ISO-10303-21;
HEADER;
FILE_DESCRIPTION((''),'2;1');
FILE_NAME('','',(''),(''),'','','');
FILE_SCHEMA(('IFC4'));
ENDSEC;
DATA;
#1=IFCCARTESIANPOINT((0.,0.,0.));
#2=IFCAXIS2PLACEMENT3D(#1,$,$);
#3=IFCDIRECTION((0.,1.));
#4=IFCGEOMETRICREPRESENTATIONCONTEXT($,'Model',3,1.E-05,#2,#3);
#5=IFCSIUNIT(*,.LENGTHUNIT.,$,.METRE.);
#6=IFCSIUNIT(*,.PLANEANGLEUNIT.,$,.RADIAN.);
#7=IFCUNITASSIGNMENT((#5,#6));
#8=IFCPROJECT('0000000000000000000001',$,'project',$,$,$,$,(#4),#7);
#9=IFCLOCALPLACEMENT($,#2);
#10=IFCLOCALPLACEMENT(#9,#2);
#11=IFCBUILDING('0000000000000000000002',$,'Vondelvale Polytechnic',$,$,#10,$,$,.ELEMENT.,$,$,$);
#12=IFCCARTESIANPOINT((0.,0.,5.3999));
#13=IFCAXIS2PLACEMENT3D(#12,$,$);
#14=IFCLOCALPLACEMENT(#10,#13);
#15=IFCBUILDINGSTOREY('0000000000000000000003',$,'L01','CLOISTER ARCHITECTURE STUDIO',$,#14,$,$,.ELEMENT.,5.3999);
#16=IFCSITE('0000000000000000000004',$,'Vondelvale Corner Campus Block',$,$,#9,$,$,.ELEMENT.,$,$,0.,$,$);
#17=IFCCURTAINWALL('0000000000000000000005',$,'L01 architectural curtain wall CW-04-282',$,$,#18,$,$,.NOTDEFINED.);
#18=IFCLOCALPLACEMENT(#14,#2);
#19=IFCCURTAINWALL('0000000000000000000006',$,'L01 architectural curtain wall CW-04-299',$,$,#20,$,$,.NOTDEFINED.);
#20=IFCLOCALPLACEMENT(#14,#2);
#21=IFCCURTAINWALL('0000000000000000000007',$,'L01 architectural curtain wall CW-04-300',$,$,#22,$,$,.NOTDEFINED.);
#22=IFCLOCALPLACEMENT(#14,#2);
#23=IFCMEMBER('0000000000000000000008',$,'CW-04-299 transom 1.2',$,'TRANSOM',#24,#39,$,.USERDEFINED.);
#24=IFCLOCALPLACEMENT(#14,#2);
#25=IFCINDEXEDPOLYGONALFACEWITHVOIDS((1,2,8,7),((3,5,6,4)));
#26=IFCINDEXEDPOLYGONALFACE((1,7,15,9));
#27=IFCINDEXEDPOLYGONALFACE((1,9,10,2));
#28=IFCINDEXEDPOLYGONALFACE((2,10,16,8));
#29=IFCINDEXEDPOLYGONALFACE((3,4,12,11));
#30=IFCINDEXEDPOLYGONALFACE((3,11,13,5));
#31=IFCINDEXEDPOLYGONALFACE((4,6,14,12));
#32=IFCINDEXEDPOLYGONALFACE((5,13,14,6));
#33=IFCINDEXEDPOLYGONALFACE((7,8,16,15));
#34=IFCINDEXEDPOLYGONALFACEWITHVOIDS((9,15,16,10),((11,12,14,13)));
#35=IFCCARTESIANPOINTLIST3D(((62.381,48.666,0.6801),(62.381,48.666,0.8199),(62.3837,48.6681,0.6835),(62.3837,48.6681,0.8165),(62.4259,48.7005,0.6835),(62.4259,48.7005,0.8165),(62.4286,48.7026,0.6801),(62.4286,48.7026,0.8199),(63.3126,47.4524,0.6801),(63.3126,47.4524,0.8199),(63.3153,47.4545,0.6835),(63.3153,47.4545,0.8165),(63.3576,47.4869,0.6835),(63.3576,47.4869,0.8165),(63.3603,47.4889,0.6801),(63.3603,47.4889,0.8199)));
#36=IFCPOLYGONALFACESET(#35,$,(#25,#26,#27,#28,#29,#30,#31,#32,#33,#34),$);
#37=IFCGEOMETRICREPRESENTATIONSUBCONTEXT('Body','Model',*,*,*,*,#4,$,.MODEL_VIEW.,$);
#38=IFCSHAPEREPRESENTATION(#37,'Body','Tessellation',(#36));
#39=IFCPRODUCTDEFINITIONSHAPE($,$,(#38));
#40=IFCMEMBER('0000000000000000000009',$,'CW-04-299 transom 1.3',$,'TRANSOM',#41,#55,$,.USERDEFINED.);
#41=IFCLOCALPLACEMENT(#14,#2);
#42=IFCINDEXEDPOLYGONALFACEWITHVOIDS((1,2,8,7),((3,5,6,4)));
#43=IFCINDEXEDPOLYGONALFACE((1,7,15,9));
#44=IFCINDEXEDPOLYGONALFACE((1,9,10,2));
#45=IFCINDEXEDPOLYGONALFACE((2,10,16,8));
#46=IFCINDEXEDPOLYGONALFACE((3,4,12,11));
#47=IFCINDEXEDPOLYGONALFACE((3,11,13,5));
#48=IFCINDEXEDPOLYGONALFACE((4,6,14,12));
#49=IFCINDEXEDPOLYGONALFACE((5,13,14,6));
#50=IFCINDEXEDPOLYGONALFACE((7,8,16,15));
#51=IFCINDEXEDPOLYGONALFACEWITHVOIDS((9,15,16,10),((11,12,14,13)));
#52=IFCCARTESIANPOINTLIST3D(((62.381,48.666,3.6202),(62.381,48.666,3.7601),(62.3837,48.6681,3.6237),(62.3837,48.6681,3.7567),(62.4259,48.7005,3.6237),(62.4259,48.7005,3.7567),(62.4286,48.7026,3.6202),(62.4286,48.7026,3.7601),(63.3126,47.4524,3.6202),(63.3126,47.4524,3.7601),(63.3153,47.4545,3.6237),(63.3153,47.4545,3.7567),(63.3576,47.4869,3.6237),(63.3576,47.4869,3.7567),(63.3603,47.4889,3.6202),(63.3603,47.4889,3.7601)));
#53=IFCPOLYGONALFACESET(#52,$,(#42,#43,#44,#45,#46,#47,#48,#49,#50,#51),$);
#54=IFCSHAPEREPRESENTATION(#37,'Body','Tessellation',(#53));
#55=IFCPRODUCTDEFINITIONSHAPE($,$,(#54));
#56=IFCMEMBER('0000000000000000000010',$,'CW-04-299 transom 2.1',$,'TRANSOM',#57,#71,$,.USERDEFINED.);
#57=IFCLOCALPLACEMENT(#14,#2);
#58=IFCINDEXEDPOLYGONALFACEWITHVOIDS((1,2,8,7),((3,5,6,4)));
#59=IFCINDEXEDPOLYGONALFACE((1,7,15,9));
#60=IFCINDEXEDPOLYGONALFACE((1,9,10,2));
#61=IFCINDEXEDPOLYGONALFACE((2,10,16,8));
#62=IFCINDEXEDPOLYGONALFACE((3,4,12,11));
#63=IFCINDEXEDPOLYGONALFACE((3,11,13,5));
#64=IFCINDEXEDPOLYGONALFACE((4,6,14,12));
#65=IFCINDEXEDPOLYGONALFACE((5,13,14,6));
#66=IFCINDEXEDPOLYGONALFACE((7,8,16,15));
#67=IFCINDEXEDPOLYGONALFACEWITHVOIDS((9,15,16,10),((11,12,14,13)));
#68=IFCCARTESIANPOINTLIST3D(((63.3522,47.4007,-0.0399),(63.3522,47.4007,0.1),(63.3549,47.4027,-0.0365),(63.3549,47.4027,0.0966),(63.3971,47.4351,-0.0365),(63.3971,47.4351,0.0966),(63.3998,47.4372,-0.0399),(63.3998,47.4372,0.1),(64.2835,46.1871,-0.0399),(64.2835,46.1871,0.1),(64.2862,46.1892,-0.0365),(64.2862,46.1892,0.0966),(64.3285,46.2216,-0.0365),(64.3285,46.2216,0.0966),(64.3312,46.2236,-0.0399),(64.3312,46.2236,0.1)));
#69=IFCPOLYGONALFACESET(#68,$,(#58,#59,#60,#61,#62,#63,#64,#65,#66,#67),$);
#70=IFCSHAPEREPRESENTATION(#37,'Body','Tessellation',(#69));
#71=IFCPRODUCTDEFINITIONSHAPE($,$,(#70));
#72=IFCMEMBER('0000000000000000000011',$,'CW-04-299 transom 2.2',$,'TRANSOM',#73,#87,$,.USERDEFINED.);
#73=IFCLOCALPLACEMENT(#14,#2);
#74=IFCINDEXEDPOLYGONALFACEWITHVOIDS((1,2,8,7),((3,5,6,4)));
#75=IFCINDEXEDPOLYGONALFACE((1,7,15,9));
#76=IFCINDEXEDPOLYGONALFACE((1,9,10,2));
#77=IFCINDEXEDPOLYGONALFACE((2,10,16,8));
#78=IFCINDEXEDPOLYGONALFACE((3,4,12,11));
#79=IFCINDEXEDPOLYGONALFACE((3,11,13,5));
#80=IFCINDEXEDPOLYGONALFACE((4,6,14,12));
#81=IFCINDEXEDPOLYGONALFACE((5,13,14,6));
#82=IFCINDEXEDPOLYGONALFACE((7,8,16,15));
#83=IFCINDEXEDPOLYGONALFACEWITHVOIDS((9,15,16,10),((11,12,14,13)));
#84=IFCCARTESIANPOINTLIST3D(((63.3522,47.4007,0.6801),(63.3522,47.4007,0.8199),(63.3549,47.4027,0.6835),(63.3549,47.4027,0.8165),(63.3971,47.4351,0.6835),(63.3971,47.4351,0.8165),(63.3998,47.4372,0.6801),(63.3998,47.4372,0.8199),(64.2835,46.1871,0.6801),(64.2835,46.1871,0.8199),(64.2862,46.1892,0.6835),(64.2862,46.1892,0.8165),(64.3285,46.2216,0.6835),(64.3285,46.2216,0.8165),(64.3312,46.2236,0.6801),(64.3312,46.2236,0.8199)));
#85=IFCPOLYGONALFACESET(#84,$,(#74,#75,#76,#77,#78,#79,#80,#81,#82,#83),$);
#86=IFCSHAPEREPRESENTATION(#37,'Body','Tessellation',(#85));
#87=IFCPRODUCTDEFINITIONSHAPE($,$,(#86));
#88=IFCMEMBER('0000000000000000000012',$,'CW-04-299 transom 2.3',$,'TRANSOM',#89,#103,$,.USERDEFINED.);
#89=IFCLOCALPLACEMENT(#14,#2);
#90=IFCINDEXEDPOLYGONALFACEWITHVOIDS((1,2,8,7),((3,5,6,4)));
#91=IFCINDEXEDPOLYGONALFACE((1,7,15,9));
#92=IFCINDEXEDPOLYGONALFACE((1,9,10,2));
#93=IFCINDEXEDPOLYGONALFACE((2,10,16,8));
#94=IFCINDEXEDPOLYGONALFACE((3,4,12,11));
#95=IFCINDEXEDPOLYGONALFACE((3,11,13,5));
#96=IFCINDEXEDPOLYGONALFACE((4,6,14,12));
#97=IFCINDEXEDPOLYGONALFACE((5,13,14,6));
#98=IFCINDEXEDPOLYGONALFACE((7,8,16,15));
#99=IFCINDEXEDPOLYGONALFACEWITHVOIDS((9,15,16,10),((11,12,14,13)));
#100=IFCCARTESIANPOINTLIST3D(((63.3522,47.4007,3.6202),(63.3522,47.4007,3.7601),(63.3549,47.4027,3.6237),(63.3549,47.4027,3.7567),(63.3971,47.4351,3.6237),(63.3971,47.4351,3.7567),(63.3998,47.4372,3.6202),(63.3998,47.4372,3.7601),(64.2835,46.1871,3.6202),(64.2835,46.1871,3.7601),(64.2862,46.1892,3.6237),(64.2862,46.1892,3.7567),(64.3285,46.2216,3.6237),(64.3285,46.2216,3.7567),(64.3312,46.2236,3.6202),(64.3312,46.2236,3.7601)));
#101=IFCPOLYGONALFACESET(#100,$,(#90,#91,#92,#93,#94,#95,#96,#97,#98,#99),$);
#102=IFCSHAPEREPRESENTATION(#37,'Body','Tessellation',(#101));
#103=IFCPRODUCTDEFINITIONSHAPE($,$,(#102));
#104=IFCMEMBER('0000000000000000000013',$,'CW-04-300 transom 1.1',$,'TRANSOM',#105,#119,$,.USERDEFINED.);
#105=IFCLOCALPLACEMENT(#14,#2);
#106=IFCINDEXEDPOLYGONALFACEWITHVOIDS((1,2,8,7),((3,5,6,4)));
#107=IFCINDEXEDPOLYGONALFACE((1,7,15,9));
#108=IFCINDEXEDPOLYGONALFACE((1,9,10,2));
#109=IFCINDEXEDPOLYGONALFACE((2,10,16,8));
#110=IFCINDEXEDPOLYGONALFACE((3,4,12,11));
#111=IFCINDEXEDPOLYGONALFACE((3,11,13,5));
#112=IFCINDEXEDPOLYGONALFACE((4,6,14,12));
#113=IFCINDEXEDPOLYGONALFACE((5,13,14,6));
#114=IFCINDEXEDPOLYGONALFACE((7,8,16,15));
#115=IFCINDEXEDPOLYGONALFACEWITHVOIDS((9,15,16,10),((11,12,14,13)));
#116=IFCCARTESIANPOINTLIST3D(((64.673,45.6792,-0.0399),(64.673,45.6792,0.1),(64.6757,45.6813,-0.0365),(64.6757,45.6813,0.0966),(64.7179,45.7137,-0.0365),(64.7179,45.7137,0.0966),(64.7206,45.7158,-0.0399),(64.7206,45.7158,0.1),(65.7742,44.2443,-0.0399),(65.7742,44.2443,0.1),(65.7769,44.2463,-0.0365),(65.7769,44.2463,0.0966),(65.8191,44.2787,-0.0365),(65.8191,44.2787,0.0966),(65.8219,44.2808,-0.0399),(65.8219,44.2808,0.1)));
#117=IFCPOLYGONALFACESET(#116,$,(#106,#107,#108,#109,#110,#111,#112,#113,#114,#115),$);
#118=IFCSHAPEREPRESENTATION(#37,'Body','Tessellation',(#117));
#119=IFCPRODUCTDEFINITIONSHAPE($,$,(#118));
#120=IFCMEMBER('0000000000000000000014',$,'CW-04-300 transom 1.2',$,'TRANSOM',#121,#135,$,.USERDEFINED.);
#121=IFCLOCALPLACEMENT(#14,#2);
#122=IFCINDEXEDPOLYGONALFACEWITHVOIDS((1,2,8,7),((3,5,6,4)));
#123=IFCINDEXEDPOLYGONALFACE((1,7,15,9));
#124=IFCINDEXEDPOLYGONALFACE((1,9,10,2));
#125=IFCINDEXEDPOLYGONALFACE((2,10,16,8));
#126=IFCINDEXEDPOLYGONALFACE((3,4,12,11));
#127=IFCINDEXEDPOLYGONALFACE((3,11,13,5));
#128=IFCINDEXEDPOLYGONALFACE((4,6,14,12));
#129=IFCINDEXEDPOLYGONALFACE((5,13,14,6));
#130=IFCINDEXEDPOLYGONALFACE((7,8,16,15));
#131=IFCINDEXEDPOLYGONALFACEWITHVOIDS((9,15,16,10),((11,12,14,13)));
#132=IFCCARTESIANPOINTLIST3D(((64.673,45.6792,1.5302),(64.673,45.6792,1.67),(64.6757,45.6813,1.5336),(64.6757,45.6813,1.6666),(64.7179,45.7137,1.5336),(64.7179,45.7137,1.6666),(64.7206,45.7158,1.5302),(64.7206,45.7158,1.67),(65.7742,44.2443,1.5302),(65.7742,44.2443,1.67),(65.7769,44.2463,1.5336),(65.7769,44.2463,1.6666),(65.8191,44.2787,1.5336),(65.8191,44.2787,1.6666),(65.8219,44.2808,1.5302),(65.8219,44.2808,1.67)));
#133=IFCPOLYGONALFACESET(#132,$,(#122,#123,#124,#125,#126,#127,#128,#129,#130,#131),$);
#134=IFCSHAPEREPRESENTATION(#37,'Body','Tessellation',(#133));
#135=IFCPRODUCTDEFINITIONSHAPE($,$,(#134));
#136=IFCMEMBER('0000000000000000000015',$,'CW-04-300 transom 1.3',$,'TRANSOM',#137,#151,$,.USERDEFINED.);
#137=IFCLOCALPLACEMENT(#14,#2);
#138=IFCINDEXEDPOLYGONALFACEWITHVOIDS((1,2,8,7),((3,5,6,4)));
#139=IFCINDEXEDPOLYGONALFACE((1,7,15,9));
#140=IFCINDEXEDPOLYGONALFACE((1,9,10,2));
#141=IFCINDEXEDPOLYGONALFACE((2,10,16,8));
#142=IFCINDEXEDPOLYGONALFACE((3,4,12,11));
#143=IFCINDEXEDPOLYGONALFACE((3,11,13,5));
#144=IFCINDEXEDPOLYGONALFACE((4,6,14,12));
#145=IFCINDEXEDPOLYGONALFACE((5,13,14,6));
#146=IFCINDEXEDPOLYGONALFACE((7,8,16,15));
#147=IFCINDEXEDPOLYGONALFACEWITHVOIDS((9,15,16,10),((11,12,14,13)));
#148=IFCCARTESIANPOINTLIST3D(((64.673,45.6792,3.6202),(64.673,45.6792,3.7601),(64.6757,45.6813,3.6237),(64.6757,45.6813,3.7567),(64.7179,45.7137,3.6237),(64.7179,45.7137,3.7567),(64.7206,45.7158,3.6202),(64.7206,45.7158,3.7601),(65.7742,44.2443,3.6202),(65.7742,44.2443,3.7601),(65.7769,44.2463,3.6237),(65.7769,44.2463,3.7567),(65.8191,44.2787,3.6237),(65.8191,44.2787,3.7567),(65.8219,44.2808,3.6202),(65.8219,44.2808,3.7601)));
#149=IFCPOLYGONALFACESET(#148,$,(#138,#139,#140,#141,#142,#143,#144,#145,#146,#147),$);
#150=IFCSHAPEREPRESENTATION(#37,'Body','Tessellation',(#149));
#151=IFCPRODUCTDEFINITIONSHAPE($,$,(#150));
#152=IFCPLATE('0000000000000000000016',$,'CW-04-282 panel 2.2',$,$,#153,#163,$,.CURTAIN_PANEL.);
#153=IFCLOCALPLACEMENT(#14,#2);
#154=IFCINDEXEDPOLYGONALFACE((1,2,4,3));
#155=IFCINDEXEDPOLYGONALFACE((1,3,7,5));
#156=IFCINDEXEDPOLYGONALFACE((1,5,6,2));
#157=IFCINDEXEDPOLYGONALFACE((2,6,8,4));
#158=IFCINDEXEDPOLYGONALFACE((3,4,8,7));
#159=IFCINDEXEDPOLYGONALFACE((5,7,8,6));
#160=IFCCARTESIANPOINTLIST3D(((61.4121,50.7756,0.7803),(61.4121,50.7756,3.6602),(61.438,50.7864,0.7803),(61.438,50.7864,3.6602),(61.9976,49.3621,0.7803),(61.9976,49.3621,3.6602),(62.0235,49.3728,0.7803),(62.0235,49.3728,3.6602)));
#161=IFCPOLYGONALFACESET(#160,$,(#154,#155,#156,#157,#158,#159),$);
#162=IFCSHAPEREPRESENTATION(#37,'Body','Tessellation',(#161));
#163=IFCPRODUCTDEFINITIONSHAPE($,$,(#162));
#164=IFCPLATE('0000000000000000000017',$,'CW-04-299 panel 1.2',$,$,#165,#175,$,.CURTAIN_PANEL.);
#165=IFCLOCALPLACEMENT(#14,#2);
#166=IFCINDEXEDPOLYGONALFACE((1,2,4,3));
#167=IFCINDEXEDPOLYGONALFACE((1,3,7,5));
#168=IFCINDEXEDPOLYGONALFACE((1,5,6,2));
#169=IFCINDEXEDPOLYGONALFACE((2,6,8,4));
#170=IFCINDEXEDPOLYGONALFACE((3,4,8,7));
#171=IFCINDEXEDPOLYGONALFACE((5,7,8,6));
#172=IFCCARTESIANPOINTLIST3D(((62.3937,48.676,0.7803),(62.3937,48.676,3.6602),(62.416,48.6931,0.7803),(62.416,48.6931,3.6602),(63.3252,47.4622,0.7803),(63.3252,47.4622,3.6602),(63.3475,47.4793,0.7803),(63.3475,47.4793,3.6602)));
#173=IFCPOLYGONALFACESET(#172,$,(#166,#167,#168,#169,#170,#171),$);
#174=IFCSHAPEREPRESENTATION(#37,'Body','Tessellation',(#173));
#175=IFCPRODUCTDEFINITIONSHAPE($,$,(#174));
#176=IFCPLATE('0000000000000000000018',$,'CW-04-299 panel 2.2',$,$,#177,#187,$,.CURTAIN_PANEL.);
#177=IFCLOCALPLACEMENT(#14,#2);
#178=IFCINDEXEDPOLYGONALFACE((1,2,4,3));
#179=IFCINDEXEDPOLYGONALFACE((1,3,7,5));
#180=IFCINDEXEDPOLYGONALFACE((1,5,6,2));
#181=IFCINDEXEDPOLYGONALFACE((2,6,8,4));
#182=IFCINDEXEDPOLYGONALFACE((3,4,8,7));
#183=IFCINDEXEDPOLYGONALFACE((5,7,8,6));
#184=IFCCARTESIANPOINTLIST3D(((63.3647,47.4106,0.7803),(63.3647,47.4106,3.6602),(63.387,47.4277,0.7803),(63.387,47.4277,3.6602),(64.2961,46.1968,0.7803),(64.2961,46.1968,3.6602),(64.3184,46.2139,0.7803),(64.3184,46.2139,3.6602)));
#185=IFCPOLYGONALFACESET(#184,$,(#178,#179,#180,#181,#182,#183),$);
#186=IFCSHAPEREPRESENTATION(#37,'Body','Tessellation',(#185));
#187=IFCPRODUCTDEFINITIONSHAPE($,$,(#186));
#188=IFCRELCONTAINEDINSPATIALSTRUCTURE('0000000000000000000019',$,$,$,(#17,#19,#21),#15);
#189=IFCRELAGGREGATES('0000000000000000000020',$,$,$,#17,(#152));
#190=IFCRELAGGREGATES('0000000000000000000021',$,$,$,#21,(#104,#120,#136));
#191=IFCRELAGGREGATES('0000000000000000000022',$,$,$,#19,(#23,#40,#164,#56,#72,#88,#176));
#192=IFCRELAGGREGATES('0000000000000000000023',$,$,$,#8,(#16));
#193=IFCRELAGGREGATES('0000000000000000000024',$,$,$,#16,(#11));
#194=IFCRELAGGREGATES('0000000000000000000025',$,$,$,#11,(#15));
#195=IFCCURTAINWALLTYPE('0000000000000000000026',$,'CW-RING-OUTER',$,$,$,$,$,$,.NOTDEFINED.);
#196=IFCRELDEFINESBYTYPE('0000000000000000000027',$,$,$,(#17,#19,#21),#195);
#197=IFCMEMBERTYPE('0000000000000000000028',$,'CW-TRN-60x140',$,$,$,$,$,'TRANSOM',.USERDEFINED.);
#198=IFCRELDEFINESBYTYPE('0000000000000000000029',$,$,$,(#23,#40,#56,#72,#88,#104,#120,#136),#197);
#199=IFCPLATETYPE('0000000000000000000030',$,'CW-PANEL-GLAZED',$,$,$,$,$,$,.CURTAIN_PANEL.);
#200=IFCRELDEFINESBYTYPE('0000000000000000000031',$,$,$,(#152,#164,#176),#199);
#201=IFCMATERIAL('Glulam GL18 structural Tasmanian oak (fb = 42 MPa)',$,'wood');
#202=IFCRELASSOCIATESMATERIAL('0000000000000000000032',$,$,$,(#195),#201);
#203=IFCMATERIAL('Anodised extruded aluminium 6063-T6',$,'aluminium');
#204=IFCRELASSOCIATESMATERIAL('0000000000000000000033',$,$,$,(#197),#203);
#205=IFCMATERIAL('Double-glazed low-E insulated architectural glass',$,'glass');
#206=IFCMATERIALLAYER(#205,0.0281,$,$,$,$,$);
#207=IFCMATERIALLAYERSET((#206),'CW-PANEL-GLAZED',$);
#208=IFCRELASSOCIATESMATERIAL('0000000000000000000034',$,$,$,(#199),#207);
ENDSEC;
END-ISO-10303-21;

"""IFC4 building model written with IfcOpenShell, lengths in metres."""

from ifc_helpers import new_model, si_unit, direction, frame, origin, origin_2d, place, context, subcontext, project, spatial, rectangle, hollow_rectangle, extrude, material, layer, layer_set, material_profile, profile_set, type_object, element, aggregate, save


model = new_model("IFC4")

# Units and contexts
model_context = context("Model", 3, precision=1e-05, world=origin(), true_north=direction((0.0, 1.0)))
body_context = subcontext(model_context, "Body", "Model", "MODEL_VIEW")
ifc_project = project(units=[si_unit("LENGTHUNIT", "METRE"), si_unit("PLANEANGLEUNIT", "RADIAN")], contexts=[model_context])

# Site, building, storey
site_placement = place(None, origin())
site = spatial("IfcSite", under=ifc_project, at=site_placement, Name="Vondelvale Corner Campus Block", CompositionType="ELEMENT", RefElevation=0.0)
building_placement = place(site_placement, origin())
building = spatial("IfcBuilding", under=site, at=building_placement, Name="Vondelvale Polytechnic", CompositionType="ELEMENT")
storey_placement = place(building_placement, frame((0.0, 0.0, 5.3999)))
storey = spatial("IfcBuildingStorey", under=building, at=storey_placement, Name="L01", Description="CLOISTER ARCHITECTURE STUDIO", CompositionType="ELEMENT", Elevation=5.3999)

# Shared definitions
ifc_material_1 = material(Name="Glulam GL18 structural Tasmanian oak (fb = 42 MPa)", Category="wood")

# Curtain wall
curtain_wall_type = type_object("IfcCurtainWallType", Name="CW-RING-OUTER", PredefinedType="NOTDEFINED", material=ifc_material_1)
curtain_wall_1_placement = place(storey_placement, origin())
curtain_wall_1 = element("IfcCurtainWall", 1, at=curtain_wall_1_placement, inside=storey, type_object=curtain_wall_type, Name="L01 architectural curtain wall CW-04-282", PredefinedType="NOTDEFINED")
ifc_material_2 = material(Name="Anodised extruded aluminium 6063-T6", Category="aluminium")

# Curtain wall
curtain_wall_2_placement = place(storey_placement, origin())
curtain_wall_2 = element("IfcCurtainWall", 2, at=curtain_wall_2_placement, inside=storey, type_object=curtain_wall_type, Name="L01 architectural curtain wall CW-04-299", PredefinedType="NOTDEFINED")

# Curtain wall
curtain_wall_3_placement = place(storey_placement, origin())
curtain_wall_3 = element("IfcCurtainWall", 3, at=curtain_wall_3_placement, inside=storey, type_object=curtain_wall_type, Name="L01 architectural curtain wall CW-04-300", PredefinedType="NOTDEFINED")

# Members
ifc_material_profile_1 = material_profile(ifc_material_2, hollow_rectangle(XDim=0.0601, YDim=0.1399, WallThickness=0.0034, at=origin_2d()), Name="CW-TRN-140x60")
ifc_profile_set_1 = profile_set([ifc_material_profile_1], Name="Anodised extruded aluminium 6063-T6")
member_type_1 = type_object("IfcMemberType", Name="CW-TRN-60x140", ElementType="TRANSOM", PredefinedType="USERDEFINED", material=ifc_profile_set_1)
member_1_placement = place(storey_placement, frame((62.4048, 48.6843, 0.75), z_axis=(0.608924, -0.793229, 0.0), x_axis=(0.793229, 0.608924, 0.0)))
member_1 = element("IfcMember", 4, at=member_1_placement, type_object=member_type_1, Name="CW-04-299 transom 1.2", ObjectType="TRANSOM", PredefinedType="USERDEFINED", context=body_context, shape_type="SweptSolid", body=[
    extrude(hollow_rectangle(XDim=0.0601, YDim=0.1399, WallThickness=0.0034, at=origin_2d()), origin(), (0.0, 0.0, 1.0), 1.53),
])
member_2_placement = place(storey_placement, frame((62.4048, 48.6843, 3.6902), z_axis=(0.608924, -0.793229, 0.0), x_axis=(0.793229, 0.608924, 0.0)))
member_2 = element("IfcMember", 5, at=member_2_placement, type_object=member_type_1, Name="CW-04-299 transom 1.3", ObjectType="TRANSOM", PredefinedType="USERDEFINED", context=body_context, shape_type="SweptSolid", body=[
    extrude(hollow_rectangle(XDim=0.0601, YDim=0.1399, WallThickness=0.0034, at=origin_2d()), origin(), (0.0, 0.0, 1.0), 1.53),
])
member_3_placement = place(storey_placement, frame((63.376, 47.4189, 0.03), z_axis=(0.608823, -0.793306, 0.0), x_axis=(0.793306, 0.608823, 0.0)))
member_3 = element("IfcMember", 6, at=member_3_placement, type_object=member_type_1, Name="CW-04-299 transom 2.1", ObjectType="TRANSOM", PredefinedType="USERDEFINED", context=body_context, shape_type="SweptSolid", body=[
    extrude(hollow_rectangle(XDim=0.0601, YDim=0.1399, WallThickness=0.0034, at=origin_2d()), origin(), (0.0, 0.0, 1.0), 1.5298),
])
member_4_placement = place(storey_placement, frame((63.376, 47.4189, 0.75), z_axis=(0.608823, -0.793306, 0.0), x_axis=(0.793306, 0.608823, 0.0)))
member_4 = element("IfcMember", 7, at=member_4_placement, type_object=member_type_1, Name="CW-04-299 transom 2.2", ObjectType="TRANSOM", PredefinedType="USERDEFINED", context=body_context, shape_type="SweptSolid", body=[
    extrude(hollow_rectangle(XDim=0.0601, YDim=0.1399, WallThickness=0.0034, at=origin_2d()), origin(), (0.0, 0.0, 1.0), 1.5298),
])
member_5_placement = place(storey_placement, frame((63.376, 47.4189, 3.6902), z_axis=(0.608823, -0.793306, 0.0), x_axis=(0.793306, 0.608823, 0.0)))
member_5 = element("IfcMember", 8, at=member_5_placement, type_object=member_type_1, Name="CW-04-299 transom 2.3", ObjectType="TRANSOM", PredefinedType="USERDEFINED", context=body_context, shape_type="SweptSolid", body=[
    extrude(hollow_rectangle(XDim=0.0601, YDim=0.1399, WallThickness=0.0034, at=origin_2d()), origin(), (0.0, 0.0, 1.0), 1.5298),
])
member_6_placement = place(storey_placement, frame((64.6968, 45.6975, 0.03), z_axis=(0.608817, -0.793311, 0.0), x_axis=(0.793311, 0.608817, 0.0)))
member_6 = element("IfcMember", 9, at=member_6_placement, type_object=member_type_1, Name="CW-04-300 transom 1.1", ObjectType="TRANSOM", PredefinedType="USERDEFINED", context=body_context, shape_type="SweptSolid", body=[
    extrude(hollow_rectangle(XDim=0.0601, YDim=0.1399, WallThickness=0.0034, at=origin_2d()), origin(), (0.0, 0.0, 1.0), 1.8088),
])
member_7_placement = place(storey_placement, frame((64.6968, 45.6975, 1.6001), z_axis=(0.608817, -0.793311, 0.0), x_axis=(0.793311, 0.608817, 0.0)))
member_7 = element("IfcMember", 10, at=member_7_placement, type_object=member_type_1, Name="CW-04-300 transom 1.2", ObjectType="TRANSOM", PredefinedType="USERDEFINED", context=body_context, shape_type="SweptSolid", body=[
    extrude(hollow_rectangle(XDim=0.0601, YDim=0.1399, WallThickness=0.0034, at=origin_2d()), origin(), (0.0, 0.0, 1.0), 1.8088),
])
member_8_placement = place(storey_placement, frame((64.6968, 45.6975, 3.6902), z_axis=(0.608817, -0.793311, 0.0), x_axis=(0.793311, 0.608817, 0.0)))
member_8 = element("IfcMember", 11, at=member_8_placement, type_object=member_type_1, Name="CW-04-300 transom 1.3", ObjectType="TRANSOM", PredefinedType="USERDEFINED", context=body_context, shape_type="SweptSolid", body=[
    extrude(hollow_rectangle(XDim=0.0601, YDim=0.1399, WallThickness=0.0034, at=origin_2d()), origin(), (0.0, 0.0, 1.0), 1.8088),
])

# Plates
ifc_material_3 = material(Name="Double-glazed low-E insulated architectural glass", Category="glass")
ifc_layer_1 = layer(ifc_material_3, 0.0281)
ifc_layer_set_1 = layer_set([ifc_layer_1], Name="CW-PANEL-GLAZED")
plate_type_1 = type_object("IfcPlateType", Name="CW-PANEL-GLAZED", PredefinedType="CURTAIN_PANEL", material=ifc_layer_set_1)
plate_1_placement = place(storey_placement, frame((61.7178, 50.0742, 0.7803), z_axis=(0.0, 0.0, 1.0), x_axis=(0.382677, -0.923882, 0.0)))
plate_1 = element("IfcPlate", 12, at=plate_1_placement, type_object=plate_type_1, Name="CW-04-282 panel 2.2", PredefinedType="CURTAIN_PANEL", context=body_context, shape_type="SweptSolid", body=[
    extrude(rectangle(XDim=1.53, YDim=0.0281, at=origin_2d()), origin(), (0.0, 0.0, 1.0), 2.8799),
])
aggregate(curtain_wall_1, [plate_1])
plate_2_placement = place(storey_placement, frame((62.8706, 48.0776, 0.7803), z_axis=(0.0, 0.0, 1.0), x_axis=(0.608787, -0.793334, 0.0)))
plate_2 = element("IfcPlate", 13, at=plate_2_placement, type_object=plate_type_1, Name="CW-04-299 panel 1.2", PredefinedType="CURTAIN_PANEL", context=body_context, shape_type="SweptSolid", body=[
    extrude(rectangle(XDim=1.53, YDim=0.0281, at=origin_2d()), origin(), (0.0, 0.0, 1.0), 2.8799),
])
plate_3_placement = place(storey_placement, frame((63.8416, 46.8123, 0.7803), z_axis=(0.0, 0.0, 1.0), x_axis=(0.608787, -0.793334, 0.0)))
plate_3 = element("IfcPlate", 14, at=plate_3_placement, type_object=plate_type_1, Name="CW-04-299 panel 2.2", PredefinedType="CURTAIN_PANEL", context=body_context, shape_type="SweptSolid", body=[
    extrude(rectangle(XDim=1.53, YDim=0.0281, at=origin_2d()), origin(), (0.0, 0.0, 1.0), 2.8799),
])
aggregate(curtain_wall_3, [member_6, member_7, member_8])
aggregate(curtain_wall_2, [member_1, member_2, plate_2, member_3, member_4, member_5, plate_3])

save(model, "model.ifc")
